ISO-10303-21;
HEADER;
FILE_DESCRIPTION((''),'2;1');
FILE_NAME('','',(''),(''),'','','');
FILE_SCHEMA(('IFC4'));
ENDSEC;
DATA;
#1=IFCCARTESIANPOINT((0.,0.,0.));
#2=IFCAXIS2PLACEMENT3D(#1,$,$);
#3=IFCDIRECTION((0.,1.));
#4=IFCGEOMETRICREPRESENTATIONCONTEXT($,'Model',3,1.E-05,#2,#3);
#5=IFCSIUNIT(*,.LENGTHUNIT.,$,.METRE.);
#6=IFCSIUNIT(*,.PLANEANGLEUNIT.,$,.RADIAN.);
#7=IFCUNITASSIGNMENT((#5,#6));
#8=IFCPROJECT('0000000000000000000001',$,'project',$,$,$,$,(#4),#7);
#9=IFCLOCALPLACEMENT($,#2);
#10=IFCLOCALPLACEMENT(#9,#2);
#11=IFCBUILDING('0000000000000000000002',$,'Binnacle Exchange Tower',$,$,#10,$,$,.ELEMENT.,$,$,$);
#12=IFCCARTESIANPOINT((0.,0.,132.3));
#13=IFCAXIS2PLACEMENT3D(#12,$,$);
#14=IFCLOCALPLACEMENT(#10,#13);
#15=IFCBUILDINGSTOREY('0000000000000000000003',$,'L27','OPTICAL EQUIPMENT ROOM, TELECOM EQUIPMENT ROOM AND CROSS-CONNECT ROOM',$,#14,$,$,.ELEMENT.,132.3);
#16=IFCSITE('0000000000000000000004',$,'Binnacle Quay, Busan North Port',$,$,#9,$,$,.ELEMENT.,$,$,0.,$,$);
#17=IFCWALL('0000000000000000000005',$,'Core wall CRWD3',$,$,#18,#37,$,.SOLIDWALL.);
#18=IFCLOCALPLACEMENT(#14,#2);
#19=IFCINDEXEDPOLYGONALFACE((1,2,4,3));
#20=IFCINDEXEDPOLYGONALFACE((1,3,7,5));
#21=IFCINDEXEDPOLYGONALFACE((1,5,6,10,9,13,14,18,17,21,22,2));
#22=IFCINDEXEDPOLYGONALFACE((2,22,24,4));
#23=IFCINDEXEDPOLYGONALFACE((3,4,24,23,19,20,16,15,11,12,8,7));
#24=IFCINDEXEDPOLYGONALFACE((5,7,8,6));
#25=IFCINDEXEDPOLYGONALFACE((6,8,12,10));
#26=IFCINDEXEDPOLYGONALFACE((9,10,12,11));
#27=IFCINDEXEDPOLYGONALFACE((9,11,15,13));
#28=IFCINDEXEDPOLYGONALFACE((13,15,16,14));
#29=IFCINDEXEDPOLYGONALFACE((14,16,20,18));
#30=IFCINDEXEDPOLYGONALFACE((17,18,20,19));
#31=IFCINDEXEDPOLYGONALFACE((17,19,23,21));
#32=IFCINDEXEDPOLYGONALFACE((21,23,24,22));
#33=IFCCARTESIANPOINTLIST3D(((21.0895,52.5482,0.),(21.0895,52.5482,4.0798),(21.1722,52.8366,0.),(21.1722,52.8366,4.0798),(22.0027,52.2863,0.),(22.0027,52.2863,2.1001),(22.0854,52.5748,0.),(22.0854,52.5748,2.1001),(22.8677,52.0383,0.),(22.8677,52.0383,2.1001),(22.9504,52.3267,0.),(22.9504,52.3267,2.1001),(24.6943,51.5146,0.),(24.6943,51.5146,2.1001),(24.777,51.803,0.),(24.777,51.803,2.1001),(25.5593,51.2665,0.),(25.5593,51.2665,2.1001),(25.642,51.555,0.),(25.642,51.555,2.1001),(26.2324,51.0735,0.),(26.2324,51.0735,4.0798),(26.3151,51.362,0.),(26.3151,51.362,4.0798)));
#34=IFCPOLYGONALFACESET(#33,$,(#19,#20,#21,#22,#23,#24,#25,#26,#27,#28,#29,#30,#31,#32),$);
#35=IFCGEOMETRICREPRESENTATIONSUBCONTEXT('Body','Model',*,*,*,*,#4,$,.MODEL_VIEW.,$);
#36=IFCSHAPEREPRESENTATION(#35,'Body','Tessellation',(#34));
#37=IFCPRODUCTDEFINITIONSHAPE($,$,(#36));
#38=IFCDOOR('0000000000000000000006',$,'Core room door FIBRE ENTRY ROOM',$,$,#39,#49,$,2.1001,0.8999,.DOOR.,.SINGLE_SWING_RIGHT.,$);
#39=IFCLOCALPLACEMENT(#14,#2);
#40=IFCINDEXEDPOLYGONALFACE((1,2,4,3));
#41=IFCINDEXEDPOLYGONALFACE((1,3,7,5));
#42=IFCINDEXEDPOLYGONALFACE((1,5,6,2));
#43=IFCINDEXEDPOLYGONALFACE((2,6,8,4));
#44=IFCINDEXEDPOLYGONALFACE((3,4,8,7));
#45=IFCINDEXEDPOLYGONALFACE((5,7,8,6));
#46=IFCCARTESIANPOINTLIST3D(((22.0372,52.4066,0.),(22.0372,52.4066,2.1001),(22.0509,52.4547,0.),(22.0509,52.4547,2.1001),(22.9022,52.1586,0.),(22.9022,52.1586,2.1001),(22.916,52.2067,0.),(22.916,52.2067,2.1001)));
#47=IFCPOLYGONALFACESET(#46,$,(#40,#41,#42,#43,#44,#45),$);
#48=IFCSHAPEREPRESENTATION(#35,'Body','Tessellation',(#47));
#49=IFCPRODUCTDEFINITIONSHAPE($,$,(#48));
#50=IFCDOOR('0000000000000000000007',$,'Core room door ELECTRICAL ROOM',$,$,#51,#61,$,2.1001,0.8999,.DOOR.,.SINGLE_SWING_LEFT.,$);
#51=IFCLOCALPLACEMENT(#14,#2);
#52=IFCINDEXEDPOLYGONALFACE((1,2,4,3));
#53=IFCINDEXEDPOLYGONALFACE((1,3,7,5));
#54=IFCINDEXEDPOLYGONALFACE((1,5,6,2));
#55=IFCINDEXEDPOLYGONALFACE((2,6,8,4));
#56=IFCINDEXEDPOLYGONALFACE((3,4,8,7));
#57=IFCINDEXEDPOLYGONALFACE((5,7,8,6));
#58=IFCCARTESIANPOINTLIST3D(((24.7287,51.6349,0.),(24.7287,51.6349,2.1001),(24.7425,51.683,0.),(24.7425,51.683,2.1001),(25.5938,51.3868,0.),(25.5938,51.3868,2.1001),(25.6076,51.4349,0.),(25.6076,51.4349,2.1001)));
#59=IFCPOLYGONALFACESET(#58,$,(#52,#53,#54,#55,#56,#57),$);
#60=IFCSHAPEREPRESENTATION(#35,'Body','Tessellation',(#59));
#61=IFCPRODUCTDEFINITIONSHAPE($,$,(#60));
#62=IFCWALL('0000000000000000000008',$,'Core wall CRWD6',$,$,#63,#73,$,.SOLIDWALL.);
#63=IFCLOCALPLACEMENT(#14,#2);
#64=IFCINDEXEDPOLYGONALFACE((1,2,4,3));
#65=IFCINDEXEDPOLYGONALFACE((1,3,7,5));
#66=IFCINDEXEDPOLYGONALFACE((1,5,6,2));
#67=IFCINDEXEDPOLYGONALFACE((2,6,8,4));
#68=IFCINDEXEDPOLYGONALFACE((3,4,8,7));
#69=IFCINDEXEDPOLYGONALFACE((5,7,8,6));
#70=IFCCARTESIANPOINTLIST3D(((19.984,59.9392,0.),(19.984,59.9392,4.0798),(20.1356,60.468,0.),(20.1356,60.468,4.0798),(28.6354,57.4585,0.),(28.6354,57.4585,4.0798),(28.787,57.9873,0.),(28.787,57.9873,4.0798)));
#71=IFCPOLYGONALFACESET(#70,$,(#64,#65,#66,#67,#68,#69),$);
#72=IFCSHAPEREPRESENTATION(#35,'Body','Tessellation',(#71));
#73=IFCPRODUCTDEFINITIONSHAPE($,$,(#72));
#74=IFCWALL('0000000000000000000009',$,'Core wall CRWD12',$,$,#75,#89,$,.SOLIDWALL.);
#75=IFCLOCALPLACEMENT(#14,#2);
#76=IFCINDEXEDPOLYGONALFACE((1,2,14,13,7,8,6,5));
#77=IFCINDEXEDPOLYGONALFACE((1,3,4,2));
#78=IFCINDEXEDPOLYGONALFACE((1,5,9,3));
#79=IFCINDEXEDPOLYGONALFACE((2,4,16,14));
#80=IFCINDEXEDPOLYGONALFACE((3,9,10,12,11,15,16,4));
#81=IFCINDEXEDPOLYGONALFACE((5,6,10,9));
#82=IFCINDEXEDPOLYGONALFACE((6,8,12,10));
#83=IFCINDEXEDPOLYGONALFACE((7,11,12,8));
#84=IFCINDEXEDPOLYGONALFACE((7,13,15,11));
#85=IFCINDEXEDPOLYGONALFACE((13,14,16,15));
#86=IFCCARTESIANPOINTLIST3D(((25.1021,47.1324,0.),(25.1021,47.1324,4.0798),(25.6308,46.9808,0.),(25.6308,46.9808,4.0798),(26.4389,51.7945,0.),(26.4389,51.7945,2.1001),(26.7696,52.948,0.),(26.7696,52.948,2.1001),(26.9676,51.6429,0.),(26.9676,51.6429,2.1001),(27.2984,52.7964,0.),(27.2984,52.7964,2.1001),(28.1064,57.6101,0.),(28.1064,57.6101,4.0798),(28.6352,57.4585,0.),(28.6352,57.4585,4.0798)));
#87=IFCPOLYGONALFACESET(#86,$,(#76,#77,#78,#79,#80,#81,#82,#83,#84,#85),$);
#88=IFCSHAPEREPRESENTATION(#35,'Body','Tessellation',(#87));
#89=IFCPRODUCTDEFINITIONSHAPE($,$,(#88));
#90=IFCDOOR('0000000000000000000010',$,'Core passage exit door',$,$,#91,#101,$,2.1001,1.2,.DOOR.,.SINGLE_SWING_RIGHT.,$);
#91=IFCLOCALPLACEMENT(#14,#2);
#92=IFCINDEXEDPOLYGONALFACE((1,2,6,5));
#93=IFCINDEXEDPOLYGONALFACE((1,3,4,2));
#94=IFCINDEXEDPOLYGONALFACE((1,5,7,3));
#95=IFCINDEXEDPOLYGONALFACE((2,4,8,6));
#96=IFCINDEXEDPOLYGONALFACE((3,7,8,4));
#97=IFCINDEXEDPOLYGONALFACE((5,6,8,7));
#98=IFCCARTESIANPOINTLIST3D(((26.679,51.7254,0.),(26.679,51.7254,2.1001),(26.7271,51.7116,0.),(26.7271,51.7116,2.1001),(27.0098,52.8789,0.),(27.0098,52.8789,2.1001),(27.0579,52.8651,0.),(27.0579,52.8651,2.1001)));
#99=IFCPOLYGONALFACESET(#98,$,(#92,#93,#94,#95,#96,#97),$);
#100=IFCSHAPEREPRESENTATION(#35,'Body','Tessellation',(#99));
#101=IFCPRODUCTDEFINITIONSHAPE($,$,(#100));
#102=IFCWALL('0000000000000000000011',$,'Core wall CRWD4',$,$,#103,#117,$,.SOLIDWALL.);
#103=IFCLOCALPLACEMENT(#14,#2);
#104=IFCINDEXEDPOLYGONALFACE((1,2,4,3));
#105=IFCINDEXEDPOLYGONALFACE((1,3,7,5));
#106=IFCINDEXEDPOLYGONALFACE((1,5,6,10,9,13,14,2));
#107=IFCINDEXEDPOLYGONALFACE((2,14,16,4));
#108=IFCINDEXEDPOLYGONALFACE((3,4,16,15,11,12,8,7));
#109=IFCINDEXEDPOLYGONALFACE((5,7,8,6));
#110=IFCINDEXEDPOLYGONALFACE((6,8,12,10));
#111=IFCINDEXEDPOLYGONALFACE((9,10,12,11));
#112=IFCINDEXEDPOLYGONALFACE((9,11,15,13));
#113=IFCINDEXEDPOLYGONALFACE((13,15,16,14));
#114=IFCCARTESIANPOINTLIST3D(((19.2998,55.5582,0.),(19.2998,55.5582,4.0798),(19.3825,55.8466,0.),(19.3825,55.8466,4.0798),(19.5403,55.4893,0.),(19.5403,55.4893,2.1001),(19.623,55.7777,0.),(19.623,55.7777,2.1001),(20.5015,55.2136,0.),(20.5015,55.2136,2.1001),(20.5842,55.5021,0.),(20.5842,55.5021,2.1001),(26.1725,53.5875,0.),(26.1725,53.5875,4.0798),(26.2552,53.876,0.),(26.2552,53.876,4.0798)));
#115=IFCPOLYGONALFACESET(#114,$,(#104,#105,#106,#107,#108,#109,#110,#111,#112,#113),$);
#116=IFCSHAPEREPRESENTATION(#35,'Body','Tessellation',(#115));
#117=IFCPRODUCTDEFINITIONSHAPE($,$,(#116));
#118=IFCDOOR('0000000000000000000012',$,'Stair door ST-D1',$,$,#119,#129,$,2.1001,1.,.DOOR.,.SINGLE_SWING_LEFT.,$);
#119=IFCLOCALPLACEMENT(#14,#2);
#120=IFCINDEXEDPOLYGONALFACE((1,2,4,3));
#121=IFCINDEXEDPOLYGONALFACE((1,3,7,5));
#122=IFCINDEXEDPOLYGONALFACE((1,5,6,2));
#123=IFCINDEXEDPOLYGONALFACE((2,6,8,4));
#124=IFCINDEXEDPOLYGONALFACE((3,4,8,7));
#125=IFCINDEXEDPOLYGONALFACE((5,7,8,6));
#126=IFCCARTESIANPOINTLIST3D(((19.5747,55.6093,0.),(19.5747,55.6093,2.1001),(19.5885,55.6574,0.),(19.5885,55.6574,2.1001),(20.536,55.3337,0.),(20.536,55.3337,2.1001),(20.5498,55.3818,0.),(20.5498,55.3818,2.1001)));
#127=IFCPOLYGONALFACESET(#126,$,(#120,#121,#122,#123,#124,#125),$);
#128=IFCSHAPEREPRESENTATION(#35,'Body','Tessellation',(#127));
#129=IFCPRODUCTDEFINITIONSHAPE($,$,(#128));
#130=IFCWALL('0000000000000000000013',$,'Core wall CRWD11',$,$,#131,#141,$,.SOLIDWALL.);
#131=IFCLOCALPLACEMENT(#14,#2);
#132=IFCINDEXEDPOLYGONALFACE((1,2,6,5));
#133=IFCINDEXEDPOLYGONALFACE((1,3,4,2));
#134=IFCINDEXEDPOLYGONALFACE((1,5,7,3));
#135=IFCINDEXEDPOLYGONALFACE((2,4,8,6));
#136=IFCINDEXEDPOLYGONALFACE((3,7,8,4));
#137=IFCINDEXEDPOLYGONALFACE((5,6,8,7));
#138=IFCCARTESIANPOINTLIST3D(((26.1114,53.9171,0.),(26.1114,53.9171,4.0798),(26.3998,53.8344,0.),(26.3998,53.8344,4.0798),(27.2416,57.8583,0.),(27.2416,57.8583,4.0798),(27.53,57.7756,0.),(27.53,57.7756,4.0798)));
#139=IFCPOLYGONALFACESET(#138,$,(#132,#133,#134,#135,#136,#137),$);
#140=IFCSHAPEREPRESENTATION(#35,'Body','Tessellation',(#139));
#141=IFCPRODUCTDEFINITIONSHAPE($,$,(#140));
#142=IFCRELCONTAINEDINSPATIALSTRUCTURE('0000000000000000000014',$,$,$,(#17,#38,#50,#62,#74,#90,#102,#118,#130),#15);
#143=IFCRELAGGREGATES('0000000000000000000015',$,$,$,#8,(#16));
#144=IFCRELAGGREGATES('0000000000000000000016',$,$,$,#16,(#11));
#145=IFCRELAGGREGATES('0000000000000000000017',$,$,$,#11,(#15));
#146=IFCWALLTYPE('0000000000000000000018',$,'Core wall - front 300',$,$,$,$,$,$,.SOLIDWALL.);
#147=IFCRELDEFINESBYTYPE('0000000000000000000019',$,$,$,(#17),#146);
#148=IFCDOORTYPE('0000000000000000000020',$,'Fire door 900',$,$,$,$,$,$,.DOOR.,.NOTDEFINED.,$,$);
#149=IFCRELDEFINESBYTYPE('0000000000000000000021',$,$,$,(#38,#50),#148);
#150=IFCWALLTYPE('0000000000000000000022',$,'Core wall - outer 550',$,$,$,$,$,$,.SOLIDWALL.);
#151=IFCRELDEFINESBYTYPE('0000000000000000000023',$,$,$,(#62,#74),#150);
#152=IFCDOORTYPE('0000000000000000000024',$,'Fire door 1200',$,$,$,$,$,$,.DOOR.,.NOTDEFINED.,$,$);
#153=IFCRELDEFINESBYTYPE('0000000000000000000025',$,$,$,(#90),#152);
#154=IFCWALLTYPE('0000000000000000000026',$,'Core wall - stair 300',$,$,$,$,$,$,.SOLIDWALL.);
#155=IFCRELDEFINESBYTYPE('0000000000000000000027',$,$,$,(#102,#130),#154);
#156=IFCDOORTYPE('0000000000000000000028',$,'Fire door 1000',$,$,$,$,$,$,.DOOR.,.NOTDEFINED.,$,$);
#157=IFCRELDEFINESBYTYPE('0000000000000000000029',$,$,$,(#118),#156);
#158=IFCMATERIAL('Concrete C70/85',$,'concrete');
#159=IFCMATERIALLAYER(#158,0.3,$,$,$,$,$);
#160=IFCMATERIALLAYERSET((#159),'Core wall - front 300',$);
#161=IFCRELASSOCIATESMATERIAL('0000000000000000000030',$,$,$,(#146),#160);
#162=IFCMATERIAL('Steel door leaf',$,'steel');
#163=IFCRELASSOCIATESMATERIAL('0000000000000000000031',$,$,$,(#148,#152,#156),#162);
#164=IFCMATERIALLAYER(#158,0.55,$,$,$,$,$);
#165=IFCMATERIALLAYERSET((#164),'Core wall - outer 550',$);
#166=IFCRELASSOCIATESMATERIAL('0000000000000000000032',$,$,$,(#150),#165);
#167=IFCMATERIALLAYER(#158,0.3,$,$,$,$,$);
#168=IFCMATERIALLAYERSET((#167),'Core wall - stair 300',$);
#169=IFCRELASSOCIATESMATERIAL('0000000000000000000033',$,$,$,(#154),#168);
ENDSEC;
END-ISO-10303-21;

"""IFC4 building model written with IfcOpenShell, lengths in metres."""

from ifc_helpers import new_model, si_unit, direction, frame, frame_2d, origin, place, context, subcontext, project, spatial, rectangle, extrude, material, layer, layer_set, type_object, element, fill, save


model = new_model("IFC4")

# Units and contexts
model_context = context("Model", 3, precision=1e-05, world=origin(), true_north=direction((0.0, 1.0)))
body_context = subcontext(model_context, "Body", "Model", "MODEL_VIEW")
ifc_project = project(units=[si_unit("LENGTHUNIT", "METRE"), si_unit("PLANEANGLEUNIT", "RADIAN")], contexts=[model_context])

# Site, building, storey
site_placement = place(None, origin())
site = spatial("IfcSite", under=ifc_project, at=site_placement, Name="Binnacle Quay, Busan North Port", CompositionType="ELEMENT", RefElevation=0.0)
building_placement = place(site_placement, origin())
building = spatial("IfcBuilding", under=site, at=building_placement, Name="Binnacle Exchange Tower", CompositionType="ELEMENT")
storey_placement = place(building_placement, frame((0.0, 0.0, 132.3)))
storey = spatial("IfcBuildingStorey", under=building, at=storey_placement, Name="L27", Description="OPTICAL EQUIPMENT ROOM, TELECOM EQUIPMENT ROOM AND CROSS-CONNECT ROOM", CompositionType="ELEMENT", Elevation=132.3)

# Shared definitions
ifc_material_1 = material(Name="Concrete C70/85", Category="concrete")

# Wall, openings, doors
ifc_layer_1 = layer(ifc_material_1, 0.3)
ifc_layer_set_1 = layer_set([ifc_layer_1], Name="Core wall - front 300")
wall_type_1 = type_object("IfcWallType", Name="Core wall - front 300", PredefinedType="SOLIDWALL", material=ifc_layer_set_1)
wall_1_placement = place(storey_placement, frame((21.1309, 52.6924, 0.0), z_axis=(0.0, 0.0, 1.0), x_axis=(0.961265, -0.275625, 0.0)))
wall_1 = element("IfcWall", 1, at=wall_1_placement, inside=storey, type_object=wall_type_1, Name="Core wall CRWD3", PredefinedType="SOLIDWALL", context=body_context, shape_type="SweptSolid", body=[
    extrude(rectangle(XDim=5.3501, YDim=0.3, at=frame_2d((2.675, 0.0))), origin(), (0.0, 0.0, 1.0), 4.0798),
])
opening_1_placement = place(wall_1_placement, frame((0.95, 0.0, 0.0)))
opening_1 = element("IfcOpeningElement", 2, at=opening_1_placement, cuts=wall_1, PredefinedType="OPENING", context=body_context, shape_type="SweptSolid", body=[
    extrude(rectangle(XDim=0.8999, YDim=2.1001, at=frame_2d((0.45, 1.05))), frame((0.0, 0.1599, 0.0), z_axis=(0.0, -1.0, 0.0), x_axis=(1.0, 0.0, 0.0)), (0.0, 0.0, 1.0), 0.3201),
])
opening_2_placement = place(wall_1_placement, frame((3.75, 0.0, 0.0)))
opening_2 = element("IfcOpeningElement", 3, at=opening_2_placement, cuts=wall_1, PredefinedType="OPENING", context=body_context, shape_type="SweptSolid", body=[
    extrude(rectangle(XDim=0.8999, YDim=2.1001, at=frame_2d((0.45, 1.05))), frame((0.0, 0.1599, 0.0), z_axis=(0.0, -1.0, 0.0), x_axis=(1.0, 0.0, 0.0)), (0.0, 0.0, 1.0), 0.3201),
])
ifc_material_2 = material(Name="Steel door leaf", Category="steel")
door_type_1 = type_object("IfcDoorType", Name="Fire door 900", OperationType="NOTDEFINED", PredefinedType="DOOR", material=ifc_material_2)
door_1_placement = place(opening_1_placement, frame((0.8999, 0.0, 0.0), z_axis=(0.0, 0.0, 1.0), x_axis=(-1.0, 0.0, 0.0)))
door_1 = element("IfcDoor", 4, at=door_1_placement, inside=storey, type_object=door_type_1, Name="Core room door FIBRE ENTRY ROOM", OperationType="SINGLE_SWING_RIGHT", OverallHeight=2.1001, OverallWidth=0.8999, PredefinedType="DOOR", context=body_context, shape_type="SweptSolid", body=[
    extrude(rectangle(XDim=0.8999, YDim=2.1001, at=frame_2d((0.45, 1.05))), frame((0.0, 0.0249, 0.0), z_axis=(0.0, -1.0, 0.0), x_axis=(1.0, 0.0, 0.0)), (0.0, 0.0, 1.0), 0.05),
])
fill(opening_1, door_1)
door_2_placement = place(opening_2_placement, frame((0.8999, 0.0, 0.0), z_axis=(0.0, 0.0, 1.0), x_axis=(-1.0, 0.0, 0.0)))
door_2 = element("IfcDoor", 5, at=door_2_placement, inside=storey, type_object=door_type_1, Name="Core room door ELECTRICAL ROOM", OperationType="SINGLE_SWING_LEFT", OverallHeight=2.1001, OverallWidth=0.8999, PredefinedType="DOOR", context=body_context, shape_type="SweptSolid", body=[
    extrude(rectangle(XDim=0.8999, YDim=2.1001, at=frame_2d((0.45, 1.05))), frame((0.0, 0.0249, 0.0), z_axis=(0.0, -1.0, 0.0), x_axis=(1.0, 0.0, 0.0)), (0.0, 0.0, 1.0), 0.05),
])
fill(opening_2, door_2)

# Wall
ifc_layer_2 = layer(ifc_material_1, 0.55)
ifc_layer_set_2 = layer_set([ifc_layer_2], Name="Core wall - outer 550")
wall_type_2 = type_object("IfcWallType", Name="Core wall - outer 550", PredefinedType="SOLIDWALL", material=ifc_layer_set_2)
wall_2_placement = place(storey_placement, frame((20.0598, 60.2036, 0.0), z_axis=(0.0, 0.0, 1.0), x_axis=(0.961262, -0.275635, 0.0)))
element("IfcWall", 6, at=wall_2_placement, inside=storey, type_object=wall_type_2, Name="Core wall CRWD6", PredefinedType="SOLIDWALL", context=body_context, shape_type="SweptSolid", body=[
    extrude(rectangle(XDim=9.0, YDim=0.55, at=frame_2d((4.5, 0.0))), origin(), (0.0, 0.0, 1.0), 4.0798),
])

# Walls, openings, doors
wall_3_placement = place(storey_placement, frame((25.3665, 47.0566, 0.0), z_axis=(0.0, 0.0, 1.0), x_axis=(0.275632, 0.961263, 0.0)))
wall_3 = element("IfcWall", 7, at=wall_3_placement, inside=storey, type_object=wall_type_2, Name="Core wall CRWD12", PredefinedType="SOLIDWALL", context=body_context, shape_type="SweptSolid", body=[
    extrude(rectangle(XDim=10.8999, YDim=0.55, at=frame_2d((5.45, 0.0))), origin(), (0.0, 0.0, 1.0), 4.0798),
])
opening_3_placement = place(wall_3_placement, frame((4.8499, 0.0, 0.0)))
opening_3 = element("IfcOpeningElement", 8, at=opening_3_placement, cuts=wall_3, PredefinedType="OPENING", context=body_context, shape_type="SweptSolid", body=[
    extrude(rectangle(XDim=1.2, YDim=2.1001, at=frame_2d((0.6001, 1.05))), frame((0.0, 0.2849, 0.0), z_axis=(0.0, -1.0, 0.0), x_axis=(1.0, 0.0, 0.0)), (0.0, 0.0, 1.0), 0.5701),
])
door_type_2 = type_object("IfcDoorType", Name="Fire door 1200", OperationType="NOTDEFINED", PredefinedType="DOOR", material=ifc_material_2)
door_3_placement = place(opening_3_placement, frame((1.2, 0.0, 0.0), z_axis=(0.0, 0.0, 1.0), x_axis=(-1.0, 0.0, 0.0)))
door_3 = element("IfcDoor", 9, at=door_3_placement, inside=storey, type_object=door_type_2, Name="Core passage exit door", OperationType="SINGLE_SWING_RIGHT", OverallHeight=2.1001, OverallWidth=1.2, PredefinedType="DOOR", context=body_context, shape_type="SweptSolid", body=[
    extrude(rectangle(XDim=1.2, YDim=2.1001, at=frame_2d((0.6001, 1.05))), frame((0.0, 0.0249, 0.0), z_axis=(0.0, -1.0, 0.0), x_axis=(1.0, 0.0, 0.0)), (0.0, 0.0, 1.0), 0.05),
])
fill(opening_3, door_3)
ifc_layer_3 = layer(ifc_material_1, 0.3)
ifc_layer_set_3 = layer_set([ifc_layer_3], Name="Core wall - stair 300")
wall_type_3 = type_object("IfcWallType", Name="Core wall - stair 300", PredefinedType="SOLIDWALL", material=ifc_layer_set_3)
wall_4_placement = place(storey_placement, frame((19.3413, 55.7024, 0.0), z_axis=(0.0, 0.0, 1.0), x_axis=(0.961263, -0.275632, 0.0)))
wall_4 = element("IfcWall", 10, at=wall_4_placement, inside=storey, type_object=wall_type_3, Name="Core wall CRWD4", PredefinedType="SOLIDWALL", context=body_context, shape_type="SweptSolid", body=[
    extrude(rectangle(XDim=7.1497, YDim=0.3, at=frame_2d((3.5747, 0.0))), origin(), (0.0, 0.0, 1.0), 4.0798),
])
opening_4_placement = place(wall_4_placement, frame((0.25, 0.0, 0.0)))
opening_4 = element("IfcOpeningElement", 11, at=opening_4_placement, cuts=wall_4, PredefinedType="OPENING", context=body_context, shape_type="SweptSolid", body=[
    extrude(rectangle(XDim=1.0, YDim=2.1001, at=frame_2d((0.5, 1.05))), frame((0.0, 0.1599, 0.0), z_axis=(0.0, -1.0, 0.0), x_axis=(1.0, 0.0, 0.0)), (0.0, 0.0, 1.0), 0.3201),
])
door_type_3 = type_object("IfcDoorType", Name="Fire door 1000", OperationType="NOTDEFINED", PredefinedType="DOOR", material=ifc_material_2)
door_4_placement = place(opening_4_placement, origin())
door_4 = element("IfcDoor", 12, at=door_4_placement, inside=storey, type_object=door_type_3, Name="Stair door ST-D1", OperationType="SINGLE_SWING_LEFT", OverallHeight=2.1001, OverallWidth=1.0, PredefinedType="DOOR", context=body_context, shape_type="SweptSolid", body=[
    extrude(rectangle(XDim=1.0, YDim=2.1001, at=frame_2d((0.5, 1.05))), frame((0.0, 0.0249, 0.0), z_axis=(0.0, -1.0, 0.0), x_axis=(1.0, 0.0, 0.0)), (0.0, 0.0, 1.0), 0.05),
])
fill(opening_4, door_4)

# Wall
wall_5_placement = place(storey_placement, frame((26.2556, 53.8757, 0.0), z_axis=(0.0, 0.0, 1.0), x_axis=(0.275641, 0.961261, 0.0)))
element("IfcWall", 13, at=wall_5_placement, inside=storey, type_object=wall_type_3, Name="Core wall CRWD11", PredefinedType="SOLIDWALL", context=body_context, shape_type="SweptSolid", body=[
    extrude(rectangle(XDim=4.1001, YDim=0.3, at=frame_2d((2.05, 0.0))), origin(), (0.0, 0.0, 1.0), 4.0798),
])

save(model, "model.ifc")
